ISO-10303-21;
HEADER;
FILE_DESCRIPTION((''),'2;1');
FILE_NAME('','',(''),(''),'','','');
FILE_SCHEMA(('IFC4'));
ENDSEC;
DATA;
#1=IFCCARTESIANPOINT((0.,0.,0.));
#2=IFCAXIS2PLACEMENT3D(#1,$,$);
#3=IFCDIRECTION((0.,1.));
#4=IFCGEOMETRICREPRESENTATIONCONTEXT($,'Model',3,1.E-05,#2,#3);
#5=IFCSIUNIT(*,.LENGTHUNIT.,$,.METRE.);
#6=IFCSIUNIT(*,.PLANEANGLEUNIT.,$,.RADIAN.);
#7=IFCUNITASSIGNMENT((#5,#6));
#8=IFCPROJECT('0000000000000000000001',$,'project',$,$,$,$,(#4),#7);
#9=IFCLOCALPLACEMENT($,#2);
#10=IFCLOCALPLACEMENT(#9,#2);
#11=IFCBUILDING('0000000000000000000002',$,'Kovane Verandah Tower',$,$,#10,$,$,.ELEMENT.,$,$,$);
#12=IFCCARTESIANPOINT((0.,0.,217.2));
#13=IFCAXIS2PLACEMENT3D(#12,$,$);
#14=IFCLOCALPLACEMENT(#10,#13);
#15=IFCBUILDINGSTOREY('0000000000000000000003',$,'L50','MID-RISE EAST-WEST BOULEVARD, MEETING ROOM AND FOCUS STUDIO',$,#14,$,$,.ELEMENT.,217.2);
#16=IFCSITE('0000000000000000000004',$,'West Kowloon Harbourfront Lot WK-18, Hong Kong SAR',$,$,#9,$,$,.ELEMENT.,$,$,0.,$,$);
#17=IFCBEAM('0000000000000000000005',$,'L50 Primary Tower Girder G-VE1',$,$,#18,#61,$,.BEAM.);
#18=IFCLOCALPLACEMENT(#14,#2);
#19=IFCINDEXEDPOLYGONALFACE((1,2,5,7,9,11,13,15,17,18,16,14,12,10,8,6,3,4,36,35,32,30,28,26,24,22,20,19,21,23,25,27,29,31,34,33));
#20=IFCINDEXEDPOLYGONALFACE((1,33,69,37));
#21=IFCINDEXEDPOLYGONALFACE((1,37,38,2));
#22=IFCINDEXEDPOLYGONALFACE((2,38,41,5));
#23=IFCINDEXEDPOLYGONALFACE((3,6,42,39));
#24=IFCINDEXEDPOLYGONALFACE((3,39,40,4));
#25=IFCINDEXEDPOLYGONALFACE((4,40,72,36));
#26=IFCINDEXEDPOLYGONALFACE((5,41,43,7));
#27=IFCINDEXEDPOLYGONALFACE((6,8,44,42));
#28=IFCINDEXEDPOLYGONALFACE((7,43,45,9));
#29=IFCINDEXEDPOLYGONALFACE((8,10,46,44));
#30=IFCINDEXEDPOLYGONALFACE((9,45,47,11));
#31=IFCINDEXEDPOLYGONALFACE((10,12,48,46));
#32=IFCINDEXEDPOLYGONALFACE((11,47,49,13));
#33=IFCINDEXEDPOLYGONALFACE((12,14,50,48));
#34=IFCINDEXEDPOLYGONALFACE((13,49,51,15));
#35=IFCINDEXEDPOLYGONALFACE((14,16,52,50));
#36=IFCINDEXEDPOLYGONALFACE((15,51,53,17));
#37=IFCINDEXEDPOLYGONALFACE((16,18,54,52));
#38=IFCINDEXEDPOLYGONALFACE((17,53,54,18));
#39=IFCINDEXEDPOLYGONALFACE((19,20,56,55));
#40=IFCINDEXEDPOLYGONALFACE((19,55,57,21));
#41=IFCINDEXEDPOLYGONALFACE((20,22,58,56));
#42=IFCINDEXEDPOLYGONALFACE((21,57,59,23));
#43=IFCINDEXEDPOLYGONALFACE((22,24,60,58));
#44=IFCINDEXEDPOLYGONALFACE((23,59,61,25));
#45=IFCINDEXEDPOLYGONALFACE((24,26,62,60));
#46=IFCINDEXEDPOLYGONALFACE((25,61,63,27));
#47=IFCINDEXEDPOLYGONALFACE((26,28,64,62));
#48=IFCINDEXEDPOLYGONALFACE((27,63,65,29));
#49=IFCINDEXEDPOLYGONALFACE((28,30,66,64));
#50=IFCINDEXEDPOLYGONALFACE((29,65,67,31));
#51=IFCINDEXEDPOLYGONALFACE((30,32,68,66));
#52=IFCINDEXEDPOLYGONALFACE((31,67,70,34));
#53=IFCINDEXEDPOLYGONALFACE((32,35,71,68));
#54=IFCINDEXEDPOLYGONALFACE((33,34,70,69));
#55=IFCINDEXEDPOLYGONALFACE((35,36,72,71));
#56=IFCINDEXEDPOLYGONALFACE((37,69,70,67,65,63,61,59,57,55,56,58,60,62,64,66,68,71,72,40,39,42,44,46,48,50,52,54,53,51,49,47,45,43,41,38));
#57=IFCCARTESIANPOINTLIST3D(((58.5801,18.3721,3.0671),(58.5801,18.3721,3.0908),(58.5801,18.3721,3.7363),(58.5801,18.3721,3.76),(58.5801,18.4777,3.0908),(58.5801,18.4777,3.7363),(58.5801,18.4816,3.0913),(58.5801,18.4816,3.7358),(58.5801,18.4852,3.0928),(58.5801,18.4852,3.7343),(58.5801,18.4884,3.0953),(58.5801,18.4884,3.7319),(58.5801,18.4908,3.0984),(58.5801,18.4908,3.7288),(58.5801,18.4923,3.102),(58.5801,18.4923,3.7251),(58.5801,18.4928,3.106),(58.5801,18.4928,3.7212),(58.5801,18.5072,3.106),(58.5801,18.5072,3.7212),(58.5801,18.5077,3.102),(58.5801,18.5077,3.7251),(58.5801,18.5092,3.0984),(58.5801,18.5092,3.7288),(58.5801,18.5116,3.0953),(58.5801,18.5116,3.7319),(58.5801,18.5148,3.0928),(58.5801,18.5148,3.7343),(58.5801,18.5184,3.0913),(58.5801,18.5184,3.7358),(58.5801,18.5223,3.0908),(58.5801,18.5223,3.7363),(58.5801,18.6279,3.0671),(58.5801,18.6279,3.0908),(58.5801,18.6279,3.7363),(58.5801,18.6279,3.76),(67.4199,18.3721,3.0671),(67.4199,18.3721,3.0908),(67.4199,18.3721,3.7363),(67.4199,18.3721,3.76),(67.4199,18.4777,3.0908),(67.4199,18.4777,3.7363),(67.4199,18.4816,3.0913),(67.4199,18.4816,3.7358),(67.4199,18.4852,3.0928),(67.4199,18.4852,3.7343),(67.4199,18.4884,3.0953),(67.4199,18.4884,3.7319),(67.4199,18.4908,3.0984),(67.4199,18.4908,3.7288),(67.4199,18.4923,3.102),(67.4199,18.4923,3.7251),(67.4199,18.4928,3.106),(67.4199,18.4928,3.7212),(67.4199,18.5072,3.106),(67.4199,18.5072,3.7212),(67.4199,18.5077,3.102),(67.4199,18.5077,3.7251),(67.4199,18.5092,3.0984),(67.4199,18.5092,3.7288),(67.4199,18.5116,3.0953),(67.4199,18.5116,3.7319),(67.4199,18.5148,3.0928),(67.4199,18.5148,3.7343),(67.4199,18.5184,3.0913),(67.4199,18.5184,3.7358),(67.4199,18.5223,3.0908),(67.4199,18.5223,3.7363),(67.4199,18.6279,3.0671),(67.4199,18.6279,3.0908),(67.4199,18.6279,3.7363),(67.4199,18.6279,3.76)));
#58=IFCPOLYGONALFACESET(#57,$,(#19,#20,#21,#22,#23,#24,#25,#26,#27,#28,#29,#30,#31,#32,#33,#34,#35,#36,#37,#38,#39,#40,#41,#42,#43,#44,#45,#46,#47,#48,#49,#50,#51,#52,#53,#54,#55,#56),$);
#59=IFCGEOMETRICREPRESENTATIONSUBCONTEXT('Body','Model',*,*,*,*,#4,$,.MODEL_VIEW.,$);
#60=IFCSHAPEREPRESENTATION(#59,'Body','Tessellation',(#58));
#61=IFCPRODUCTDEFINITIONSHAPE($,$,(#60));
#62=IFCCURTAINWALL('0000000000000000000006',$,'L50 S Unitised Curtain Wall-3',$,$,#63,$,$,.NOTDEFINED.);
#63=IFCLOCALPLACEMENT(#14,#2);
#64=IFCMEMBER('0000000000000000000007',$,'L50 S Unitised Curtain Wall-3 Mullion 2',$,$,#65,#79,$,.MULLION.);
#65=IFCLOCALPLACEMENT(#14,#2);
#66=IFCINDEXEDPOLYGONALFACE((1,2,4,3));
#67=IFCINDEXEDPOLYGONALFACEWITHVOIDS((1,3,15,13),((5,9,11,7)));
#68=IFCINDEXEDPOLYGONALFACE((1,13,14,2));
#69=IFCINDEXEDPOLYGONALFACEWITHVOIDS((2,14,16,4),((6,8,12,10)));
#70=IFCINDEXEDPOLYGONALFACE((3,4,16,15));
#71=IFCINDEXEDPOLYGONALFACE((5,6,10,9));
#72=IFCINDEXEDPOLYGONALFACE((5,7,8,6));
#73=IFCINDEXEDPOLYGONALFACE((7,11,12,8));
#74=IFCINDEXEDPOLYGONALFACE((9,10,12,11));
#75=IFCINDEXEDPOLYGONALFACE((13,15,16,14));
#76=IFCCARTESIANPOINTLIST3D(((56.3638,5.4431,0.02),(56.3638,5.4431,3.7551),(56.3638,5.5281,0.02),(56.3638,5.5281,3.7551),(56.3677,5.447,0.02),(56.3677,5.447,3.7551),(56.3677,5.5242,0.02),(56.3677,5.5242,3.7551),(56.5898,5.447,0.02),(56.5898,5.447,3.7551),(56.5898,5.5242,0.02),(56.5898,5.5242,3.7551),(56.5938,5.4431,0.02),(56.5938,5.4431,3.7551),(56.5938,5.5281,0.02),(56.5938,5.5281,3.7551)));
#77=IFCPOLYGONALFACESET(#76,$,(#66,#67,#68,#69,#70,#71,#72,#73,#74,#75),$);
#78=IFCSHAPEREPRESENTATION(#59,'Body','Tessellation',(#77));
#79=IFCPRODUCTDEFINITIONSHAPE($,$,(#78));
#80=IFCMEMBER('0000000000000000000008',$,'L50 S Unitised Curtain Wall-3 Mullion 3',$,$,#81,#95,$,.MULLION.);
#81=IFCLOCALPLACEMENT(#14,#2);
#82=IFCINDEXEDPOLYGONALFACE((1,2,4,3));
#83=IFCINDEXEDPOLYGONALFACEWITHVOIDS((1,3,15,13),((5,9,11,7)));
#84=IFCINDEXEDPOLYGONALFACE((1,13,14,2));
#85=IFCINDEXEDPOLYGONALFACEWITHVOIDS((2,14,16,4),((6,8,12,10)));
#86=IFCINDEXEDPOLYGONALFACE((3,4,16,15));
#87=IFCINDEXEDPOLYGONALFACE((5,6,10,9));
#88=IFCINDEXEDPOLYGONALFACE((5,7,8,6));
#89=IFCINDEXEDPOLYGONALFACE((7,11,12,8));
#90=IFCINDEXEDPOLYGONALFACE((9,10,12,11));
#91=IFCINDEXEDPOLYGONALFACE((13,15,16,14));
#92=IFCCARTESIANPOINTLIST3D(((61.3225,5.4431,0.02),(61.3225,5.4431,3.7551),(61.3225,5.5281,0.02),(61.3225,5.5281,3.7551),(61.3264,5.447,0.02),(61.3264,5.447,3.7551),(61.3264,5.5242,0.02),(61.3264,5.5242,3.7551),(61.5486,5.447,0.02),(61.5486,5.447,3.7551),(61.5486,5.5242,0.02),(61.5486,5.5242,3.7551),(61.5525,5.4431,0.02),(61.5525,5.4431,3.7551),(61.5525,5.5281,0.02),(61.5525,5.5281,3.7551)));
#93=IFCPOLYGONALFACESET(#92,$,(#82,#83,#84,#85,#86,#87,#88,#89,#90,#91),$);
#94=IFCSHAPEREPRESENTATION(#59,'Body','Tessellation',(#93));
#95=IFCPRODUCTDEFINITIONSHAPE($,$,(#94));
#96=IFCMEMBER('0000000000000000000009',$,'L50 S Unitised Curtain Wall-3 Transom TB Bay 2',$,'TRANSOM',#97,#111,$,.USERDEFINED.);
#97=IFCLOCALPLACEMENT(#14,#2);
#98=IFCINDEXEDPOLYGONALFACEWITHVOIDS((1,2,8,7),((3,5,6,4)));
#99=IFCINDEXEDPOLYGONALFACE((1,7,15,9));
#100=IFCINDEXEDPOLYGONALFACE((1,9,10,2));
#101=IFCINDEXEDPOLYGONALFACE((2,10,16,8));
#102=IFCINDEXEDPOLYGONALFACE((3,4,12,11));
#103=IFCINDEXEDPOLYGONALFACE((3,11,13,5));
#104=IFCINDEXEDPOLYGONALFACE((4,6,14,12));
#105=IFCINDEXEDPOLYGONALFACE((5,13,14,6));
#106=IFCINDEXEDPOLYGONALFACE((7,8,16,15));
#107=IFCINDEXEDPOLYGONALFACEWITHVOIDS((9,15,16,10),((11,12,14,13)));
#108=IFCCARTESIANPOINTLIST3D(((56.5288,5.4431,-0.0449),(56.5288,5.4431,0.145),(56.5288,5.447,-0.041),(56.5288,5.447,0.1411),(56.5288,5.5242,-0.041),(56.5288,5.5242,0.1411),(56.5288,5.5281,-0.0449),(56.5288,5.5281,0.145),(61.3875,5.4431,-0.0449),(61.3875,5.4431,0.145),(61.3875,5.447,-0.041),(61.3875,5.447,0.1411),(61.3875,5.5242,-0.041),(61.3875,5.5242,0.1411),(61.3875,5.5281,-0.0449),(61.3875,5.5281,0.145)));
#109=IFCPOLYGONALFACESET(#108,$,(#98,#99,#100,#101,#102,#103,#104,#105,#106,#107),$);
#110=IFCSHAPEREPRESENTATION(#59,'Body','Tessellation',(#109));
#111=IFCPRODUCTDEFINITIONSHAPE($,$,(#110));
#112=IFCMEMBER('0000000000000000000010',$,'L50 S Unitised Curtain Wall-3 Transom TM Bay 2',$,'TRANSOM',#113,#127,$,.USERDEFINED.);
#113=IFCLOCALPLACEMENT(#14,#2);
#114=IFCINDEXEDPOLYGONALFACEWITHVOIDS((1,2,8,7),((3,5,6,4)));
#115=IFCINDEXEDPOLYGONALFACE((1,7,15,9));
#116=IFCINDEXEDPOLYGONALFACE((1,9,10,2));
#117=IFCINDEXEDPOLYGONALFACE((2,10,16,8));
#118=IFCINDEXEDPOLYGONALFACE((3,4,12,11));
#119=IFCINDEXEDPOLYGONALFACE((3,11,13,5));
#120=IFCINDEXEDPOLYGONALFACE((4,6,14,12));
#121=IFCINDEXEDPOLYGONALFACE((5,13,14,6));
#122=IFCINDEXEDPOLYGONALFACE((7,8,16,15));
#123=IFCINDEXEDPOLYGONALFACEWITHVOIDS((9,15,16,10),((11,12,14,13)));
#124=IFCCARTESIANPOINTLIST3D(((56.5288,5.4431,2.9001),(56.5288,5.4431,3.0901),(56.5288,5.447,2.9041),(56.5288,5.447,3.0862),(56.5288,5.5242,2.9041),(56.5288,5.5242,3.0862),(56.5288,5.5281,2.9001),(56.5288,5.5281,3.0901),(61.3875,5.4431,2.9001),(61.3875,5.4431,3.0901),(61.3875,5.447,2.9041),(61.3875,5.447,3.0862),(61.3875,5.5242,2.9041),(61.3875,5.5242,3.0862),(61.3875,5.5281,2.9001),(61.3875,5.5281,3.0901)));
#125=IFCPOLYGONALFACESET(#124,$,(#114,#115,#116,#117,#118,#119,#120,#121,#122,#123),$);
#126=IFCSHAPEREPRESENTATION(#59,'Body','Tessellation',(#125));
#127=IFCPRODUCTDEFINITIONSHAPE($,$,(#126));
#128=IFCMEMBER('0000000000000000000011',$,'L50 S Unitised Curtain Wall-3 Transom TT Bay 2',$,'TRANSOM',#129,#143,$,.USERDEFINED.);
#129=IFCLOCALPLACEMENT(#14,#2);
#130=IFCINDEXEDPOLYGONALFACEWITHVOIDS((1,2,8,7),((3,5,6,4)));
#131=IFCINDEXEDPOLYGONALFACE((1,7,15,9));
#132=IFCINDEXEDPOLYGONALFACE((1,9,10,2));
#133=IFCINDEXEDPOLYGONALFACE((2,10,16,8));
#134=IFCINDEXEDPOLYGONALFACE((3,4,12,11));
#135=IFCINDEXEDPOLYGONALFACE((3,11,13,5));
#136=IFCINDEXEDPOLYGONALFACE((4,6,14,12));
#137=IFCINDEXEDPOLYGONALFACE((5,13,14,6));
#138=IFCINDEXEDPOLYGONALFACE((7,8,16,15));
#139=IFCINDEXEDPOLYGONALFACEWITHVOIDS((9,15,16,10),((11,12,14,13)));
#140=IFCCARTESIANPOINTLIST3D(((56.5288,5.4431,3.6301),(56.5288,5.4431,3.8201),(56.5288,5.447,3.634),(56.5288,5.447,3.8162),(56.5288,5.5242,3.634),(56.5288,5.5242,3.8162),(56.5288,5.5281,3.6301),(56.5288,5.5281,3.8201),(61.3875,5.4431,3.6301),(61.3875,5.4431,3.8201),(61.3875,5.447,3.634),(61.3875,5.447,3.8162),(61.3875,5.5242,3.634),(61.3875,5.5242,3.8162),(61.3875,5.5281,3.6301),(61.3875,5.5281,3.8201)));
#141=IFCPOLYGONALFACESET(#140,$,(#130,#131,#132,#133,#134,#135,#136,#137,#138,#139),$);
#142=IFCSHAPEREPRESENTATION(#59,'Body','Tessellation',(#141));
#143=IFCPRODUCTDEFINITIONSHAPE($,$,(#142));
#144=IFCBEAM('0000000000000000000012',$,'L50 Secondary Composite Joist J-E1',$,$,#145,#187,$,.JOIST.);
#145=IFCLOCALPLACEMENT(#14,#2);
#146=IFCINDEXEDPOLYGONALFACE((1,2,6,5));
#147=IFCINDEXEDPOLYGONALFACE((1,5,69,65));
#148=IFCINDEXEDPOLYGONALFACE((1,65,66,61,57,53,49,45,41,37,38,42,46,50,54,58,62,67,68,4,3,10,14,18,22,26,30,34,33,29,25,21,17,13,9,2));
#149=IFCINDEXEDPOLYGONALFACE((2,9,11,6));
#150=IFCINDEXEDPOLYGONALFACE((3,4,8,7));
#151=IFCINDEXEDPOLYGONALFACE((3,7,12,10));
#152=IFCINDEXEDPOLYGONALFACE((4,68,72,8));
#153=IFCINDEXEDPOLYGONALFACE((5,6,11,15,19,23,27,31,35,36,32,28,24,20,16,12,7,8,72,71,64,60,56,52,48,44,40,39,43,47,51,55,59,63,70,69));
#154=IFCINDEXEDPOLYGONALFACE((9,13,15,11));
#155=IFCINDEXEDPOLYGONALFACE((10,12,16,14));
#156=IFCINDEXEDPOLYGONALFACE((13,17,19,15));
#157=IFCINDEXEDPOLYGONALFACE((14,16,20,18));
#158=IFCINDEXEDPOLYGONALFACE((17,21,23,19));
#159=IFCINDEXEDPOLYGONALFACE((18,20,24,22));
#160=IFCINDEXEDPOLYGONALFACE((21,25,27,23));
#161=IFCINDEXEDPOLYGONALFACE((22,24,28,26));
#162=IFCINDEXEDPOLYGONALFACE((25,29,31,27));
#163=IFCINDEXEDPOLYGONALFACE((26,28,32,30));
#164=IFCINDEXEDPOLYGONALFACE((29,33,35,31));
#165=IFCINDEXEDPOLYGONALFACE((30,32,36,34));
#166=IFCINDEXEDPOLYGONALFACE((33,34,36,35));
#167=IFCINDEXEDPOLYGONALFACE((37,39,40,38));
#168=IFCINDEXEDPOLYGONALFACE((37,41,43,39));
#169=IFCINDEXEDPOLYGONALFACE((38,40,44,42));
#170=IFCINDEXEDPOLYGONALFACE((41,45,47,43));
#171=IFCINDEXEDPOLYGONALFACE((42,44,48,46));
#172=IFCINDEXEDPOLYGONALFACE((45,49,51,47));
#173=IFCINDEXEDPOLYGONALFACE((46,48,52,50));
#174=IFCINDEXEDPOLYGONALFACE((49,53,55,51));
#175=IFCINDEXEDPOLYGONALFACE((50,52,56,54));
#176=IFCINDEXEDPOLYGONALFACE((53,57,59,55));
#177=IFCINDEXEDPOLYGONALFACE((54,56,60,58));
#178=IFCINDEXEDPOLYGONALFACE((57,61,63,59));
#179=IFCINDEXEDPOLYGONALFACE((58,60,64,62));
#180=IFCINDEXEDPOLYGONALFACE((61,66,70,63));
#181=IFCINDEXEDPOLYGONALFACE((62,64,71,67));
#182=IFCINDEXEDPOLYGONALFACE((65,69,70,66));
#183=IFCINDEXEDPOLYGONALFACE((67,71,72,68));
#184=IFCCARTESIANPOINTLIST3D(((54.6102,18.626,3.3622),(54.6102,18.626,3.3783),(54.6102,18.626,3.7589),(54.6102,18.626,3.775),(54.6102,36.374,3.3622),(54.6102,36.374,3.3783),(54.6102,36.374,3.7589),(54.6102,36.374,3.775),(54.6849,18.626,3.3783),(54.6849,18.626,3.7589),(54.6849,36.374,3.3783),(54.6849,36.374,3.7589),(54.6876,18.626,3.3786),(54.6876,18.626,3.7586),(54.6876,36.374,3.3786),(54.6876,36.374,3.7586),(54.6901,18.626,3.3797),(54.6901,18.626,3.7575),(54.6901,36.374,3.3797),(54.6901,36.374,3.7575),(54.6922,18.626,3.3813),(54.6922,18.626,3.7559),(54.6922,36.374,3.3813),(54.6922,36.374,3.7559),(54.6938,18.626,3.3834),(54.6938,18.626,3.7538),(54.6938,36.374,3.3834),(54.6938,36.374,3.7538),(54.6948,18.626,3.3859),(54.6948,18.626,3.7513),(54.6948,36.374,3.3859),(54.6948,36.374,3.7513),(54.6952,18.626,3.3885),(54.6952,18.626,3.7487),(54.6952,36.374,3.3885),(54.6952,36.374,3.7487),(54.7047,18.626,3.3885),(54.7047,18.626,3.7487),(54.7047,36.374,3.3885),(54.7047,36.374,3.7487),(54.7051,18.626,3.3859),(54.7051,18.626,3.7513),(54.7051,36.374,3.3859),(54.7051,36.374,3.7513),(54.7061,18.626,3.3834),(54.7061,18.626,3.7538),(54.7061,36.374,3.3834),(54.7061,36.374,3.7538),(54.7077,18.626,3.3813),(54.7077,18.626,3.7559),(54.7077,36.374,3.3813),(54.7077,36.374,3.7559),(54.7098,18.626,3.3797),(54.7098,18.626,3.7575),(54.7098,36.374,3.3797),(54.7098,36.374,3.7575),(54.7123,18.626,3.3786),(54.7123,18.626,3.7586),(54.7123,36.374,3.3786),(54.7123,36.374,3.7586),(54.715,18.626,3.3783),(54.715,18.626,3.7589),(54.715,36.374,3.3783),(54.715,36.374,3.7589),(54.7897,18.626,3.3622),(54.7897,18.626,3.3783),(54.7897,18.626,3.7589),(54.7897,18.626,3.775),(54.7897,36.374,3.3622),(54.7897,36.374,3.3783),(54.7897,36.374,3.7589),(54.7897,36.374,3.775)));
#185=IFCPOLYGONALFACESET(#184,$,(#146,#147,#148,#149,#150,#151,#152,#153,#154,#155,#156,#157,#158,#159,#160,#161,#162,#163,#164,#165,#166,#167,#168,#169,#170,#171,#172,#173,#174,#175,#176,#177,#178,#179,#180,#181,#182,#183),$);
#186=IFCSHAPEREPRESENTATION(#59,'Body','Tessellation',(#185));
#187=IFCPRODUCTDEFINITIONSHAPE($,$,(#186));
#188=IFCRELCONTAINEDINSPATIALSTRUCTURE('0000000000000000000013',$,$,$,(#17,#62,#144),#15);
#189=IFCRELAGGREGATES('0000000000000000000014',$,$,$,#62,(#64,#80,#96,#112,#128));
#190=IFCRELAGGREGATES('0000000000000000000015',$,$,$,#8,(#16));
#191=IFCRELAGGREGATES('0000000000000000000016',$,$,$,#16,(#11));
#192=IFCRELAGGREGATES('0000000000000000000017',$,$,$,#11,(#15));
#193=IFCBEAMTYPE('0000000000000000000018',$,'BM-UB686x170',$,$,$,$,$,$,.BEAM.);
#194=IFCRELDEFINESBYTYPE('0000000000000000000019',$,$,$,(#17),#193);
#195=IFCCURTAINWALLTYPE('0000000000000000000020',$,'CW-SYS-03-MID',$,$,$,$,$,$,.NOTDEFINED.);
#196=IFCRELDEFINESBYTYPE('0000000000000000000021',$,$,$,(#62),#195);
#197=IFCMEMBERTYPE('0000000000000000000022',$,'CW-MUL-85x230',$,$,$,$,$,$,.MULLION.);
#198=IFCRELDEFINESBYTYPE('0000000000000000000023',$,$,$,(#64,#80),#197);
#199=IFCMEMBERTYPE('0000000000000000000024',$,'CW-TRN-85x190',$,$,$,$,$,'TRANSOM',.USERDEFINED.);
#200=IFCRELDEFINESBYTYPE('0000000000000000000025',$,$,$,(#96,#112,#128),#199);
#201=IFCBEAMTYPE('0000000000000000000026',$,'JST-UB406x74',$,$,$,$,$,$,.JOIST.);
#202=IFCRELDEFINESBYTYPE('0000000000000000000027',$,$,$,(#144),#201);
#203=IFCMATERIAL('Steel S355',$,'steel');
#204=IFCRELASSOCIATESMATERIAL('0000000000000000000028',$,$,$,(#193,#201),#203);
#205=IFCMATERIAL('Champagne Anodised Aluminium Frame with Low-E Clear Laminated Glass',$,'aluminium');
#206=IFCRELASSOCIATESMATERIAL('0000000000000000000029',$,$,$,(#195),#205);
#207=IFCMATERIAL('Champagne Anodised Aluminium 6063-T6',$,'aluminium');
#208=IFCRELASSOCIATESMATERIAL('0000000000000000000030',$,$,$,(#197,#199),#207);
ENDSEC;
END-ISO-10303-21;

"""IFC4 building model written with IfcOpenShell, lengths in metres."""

from ifc_helpers import new_model, si_unit, direction, frame, origin, origin_2d, place, context, subcontext, project, spatial, hollow_rectangle, i_section, extrude, material, material_profile, profile_set, type_object, element, aggregate, save


model = new_model("IFC4")

# Units and contexts
model_context = context("Model", 3, precision=1e-05, world=origin(), true_north=direction((0.0, 1.0)))
body_context = subcontext(model_context, "Body", "Model", "MODEL_VIEW")
ifc_project = project(units=[si_unit("LENGTHUNIT", "METRE"), si_unit("PLANEANGLEUNIT", "RADIAN")], contexts=[model_context])

# Site, building, storey
site_placement = place(None, origin())
site = spatial("IfcSite", under=ifc_project, at=site_placement, Name="West Kowloon Harbourfront Lot WK-18, Hong Kong SAR", CompositionType="ELEMENT", RefElevation=0.0)
building_placement = place(site_placement, origin())
building = spatial("IfcBuilding", under=site, at=building_placement, Name="Kovane Verandah Tower", CompositionType="ELEMENT")
storey_placement = place(building_placement, frame((0.0, 0.0, 217.2)))
storey = spatial("IfcBuildingStorey", under=building, at=storey_placement, Name="L50", Description="MID-RISE EAST-WEST BOULEVARD, MEETING ROOM AND FOCUS STUDIO", CompositionType="ELEMENT", Elevation=217.2)

# Beam
ifc_material_1 = material(Name="Steel S355", Category="steel")
ifc_material_profile_1 = material_profile(ifc_material_1, i_section(OverallWidth=0.2559, OverallDepth=0.6929, WebThickness=0.0144, FlangeThickness=0.0237, FilletRadius=0.0151, at=origin_2d()), Name="UB686x254x170")
ifc_profile_set_1 = profile_set([ifc_material_profile_1], Name="Steel S355")
beam_type_1 = type_object("IfcBeamType", Name="BM-UB686x170", PredefinedType="BEAM", material=ifc_profile_set_1)
beam_1_placement = place(storey_placement, frame((58.5801, 18.5, 3.4136), z_axis=(1.0, 0.0, 0.0), x_axis=(0.0, 1.0, 0.0)))
element("IfcBeam", 1, at=beam_1_placement, inside=storey, type_object=beam_type_1, Name="L50 Primary Tower Girder G-VE1", PredefinedType="BEAM", context=body_context, shape_type="SweptSolid", body=[
    extrude(i_section(OverallWidth=0.2559, OverallDepth=0.6929, WebThickness=0.0144, FlangeThickness=0.0237, FilletRadius=0.0151, at=origin_2d()), origin(), (0.0, 0.0, 1.0), 8.8398),
])

# Curtain wall, members
ifc_material_2 = material(Name="Champagne Anodised Aluminium Frame with Low-E Clear Laminated Glass", Category="aluminium")
curtain_wall_type = type_object("IfcCurtainWallType", Name="CW-SYS-03-MID", PredefinedType="NOTDEFINED", material=ifc_material_2)
curtain_wall_placement = place(storey_placement, origin())
curtain_wall = element("IfcCurtainWall", 2, at=curtain_wall_placement, inside=storey, type_object=curtain_wall_type, Name="L50 S Unitised Curtain Wall-3", PredefinedType="NOTDEFINED")
ifc_material_3 = material(Name="Champagne Anodised Aluminium 6063-T6", Category="aluminium")
ifc_material_profile_2 = material_profile(ifc_material_3, hollow_rectangle(XDim=0.085, YDim=0.23, WallThickness=0.0039, at=origin_2d()), Name="AL85x230x4")
ifc_profile_set_2 = profile_set([ifc_material_profile_2], Name="Champagne Anodised Aluminium 6063-T6")
member_type_1 = type_object("IfcMemberType", Name="CW-MUL-85x230", PredefinedType="MULLION", material=ifc_profile_set_2)
member_1_placement = place(storey_placement, frame((56.4788, 5.4856, 0.02), z_axis=(0.0, 0.0, 1.0), x_axis=(0.0, -1.0, 0.0)))
member_1 = element("IfcMember", 3, at=member_1_placement, type_object=member_type_1, Name="L50 S Unitised Curtain Wall-3 Mullion 2", PredefinedType="MULLION", context=body_context, shape_type="SweptSolid", body=[
    extrude(hollow_rectangle(XDim=0.085, YDim=0.23, WallThickness=0.0039, at=origin_2d()), origin(), (0.0, 0.0, 1.0), 3.7351),
])
member_2_placement = place(storey_placement, frame((61.4375, 5.4856, 0.02), z_axis=(0.0, 0.0, 1.0), x_axis=(0.0, -1.0, 0.0)))
member_2 = element("IfcMember", 4, at=member_2_placement, type_object=member_type_1, Name="L50 S Unitised Curtain Wall-3 Mullion 3", PredefinedType="MULLION", context=body_context, shape_type="SweptSolid", body=[
    extrude(hollow_rectangle(XDim=0.085, YDim=0.23, WallThickness=0.0039, at=origin_2d()), origin(), (0.0, 0.0, 1.0), 3.7351),
])
ifc_material_profile_3 = material_profile(ifc_material_3, hollow_rectangle(XDim=0.085, YDim=0.1899, WallThickness=0.0039, at=origin_2d()), Name="AL85x190x4")
ifc_profile_set_3 = profile_set([ifc_material_profile_3], Name="Champagne Anodised Aluminium 6063-T6")
member_type_2 = type_object("IfcMemberType", Name="CW-TRN-85x190", ElementType="TRANSOM", PredefinedType="USERDEFINED", material=ifc_profile_set_3)
member_3_placement = place(storey_placement, frame((56.5288, 5.4856, 0.05), z_axis=(1.0, 0.0, 0.0), x_axis=(0.0, 1.0, 0.0)))
member_3 = element("IfcMember", 5, at=member_3_placement, type_object=member_type_2, Name="L50 S Unitised Curtain Wall-3 Transom TB Bay 2", ObjectType="TRANSOM", PredefinedType="USERDEFINED", context=body_context, shape_type="SweptSolid", body=[
    extrude(hollow_rectangle(XDim=0.085, YDim=0.1899, WallThickness=0.0039, at=origin_2d()), origin(), (0.0, 0.0, 1.0), 4.8586),
])
member_4_placement = place(storey_placement, frame((56.5288, 5.4856, 2.9951), z_axis=(1.0, 0.0, 0.0), x_axis=(0.0, 1.0, 0.0)))
member_4 = element("IfcMember", 6, at=member_4_placement, type_object=member_type_2, Name="L50 S Unitised Curtain Wall-3 Transom TM Bay 2", ObjectType="TRANSOM", PredefinedType="USERDEFINED", context=body_context, shape_type="SweptSolid", body=[
    extrude(hollow_rectangle(XDim=0.085, YDim=0.1899, WallThickness=0.0039, at=origin_2d()), origin(), (0.0, 0.0, 1.0), 4.8586),
])
member_5_placement = place(storey_placement, frame((56.5288, 5.4856, 3.7251), z_axis=(1.0, 0.0, 0.0), x_axis=(0.0, 1.0, 0.0)))
member_5 = element("IfcMember", 7, at=member_5_placement, type_object=member_type_2, Name="L50 S Unitised Curtain Wall-3 Transom TT Bay 2", ObjectType="TRANSOM", PredefinedType="USERDEFINED", context=body_context, shape_type="SweptSolid", body=[
    extrude(hollow_rectangle(XDim=0.085, YDim=0.1899, WallThickness=0.0039, at=origin_2d()), origin(), (0.0, 0.0, 1.0), 4.8586),
])

# Beam
ifc_material_profile_4 = material_profile(ifc_material_1, i_section(OverallWidth=0.1794, OverallDepth=0.4128, WebThickness=0.0095, FlangeThickness=0.0161, FilletRadius=0.0103, at=origin_2d()), Name="UB406x178x74")
ifc_profile_set_4 = profile_set([ifc_material_profile_4], Name="Steel S355")
beam_type_2 = type_object("IfcBeamType", Name="JST-UB406x74", PredefinedType="JOIST", material=ifc_profile_set_4)
beam_2_placement = place(storey_placement, frame((54.7, 18.626, 3.5686), z_axis=(0.0, 1.0, 0.0), x_axis=(-1.0, 0.0, 0.0)))
element("IfcBeam", 8, at=beam_2_placement, inside=storey, type_object=beam_type_2, Name="L50 Secondary Composite Joist J-E1", PredefinedType="JOIST", context=body_context, shape_type="SweptSolid", body=[
    extrude(i_section(OverallWidth=0.1794, OverallDepth=0.4128, WebThickness=0.0095, FlangeThickness=0.0161, FilletRadius=0.0103, at=origin_2d()), origin(), (0.0, 0.0, 1.0), 17.748),
])

aggregate(curtain_wall, [member_1, member_2, member_3, member_4, member_5])

save(model, "model.ifc")
